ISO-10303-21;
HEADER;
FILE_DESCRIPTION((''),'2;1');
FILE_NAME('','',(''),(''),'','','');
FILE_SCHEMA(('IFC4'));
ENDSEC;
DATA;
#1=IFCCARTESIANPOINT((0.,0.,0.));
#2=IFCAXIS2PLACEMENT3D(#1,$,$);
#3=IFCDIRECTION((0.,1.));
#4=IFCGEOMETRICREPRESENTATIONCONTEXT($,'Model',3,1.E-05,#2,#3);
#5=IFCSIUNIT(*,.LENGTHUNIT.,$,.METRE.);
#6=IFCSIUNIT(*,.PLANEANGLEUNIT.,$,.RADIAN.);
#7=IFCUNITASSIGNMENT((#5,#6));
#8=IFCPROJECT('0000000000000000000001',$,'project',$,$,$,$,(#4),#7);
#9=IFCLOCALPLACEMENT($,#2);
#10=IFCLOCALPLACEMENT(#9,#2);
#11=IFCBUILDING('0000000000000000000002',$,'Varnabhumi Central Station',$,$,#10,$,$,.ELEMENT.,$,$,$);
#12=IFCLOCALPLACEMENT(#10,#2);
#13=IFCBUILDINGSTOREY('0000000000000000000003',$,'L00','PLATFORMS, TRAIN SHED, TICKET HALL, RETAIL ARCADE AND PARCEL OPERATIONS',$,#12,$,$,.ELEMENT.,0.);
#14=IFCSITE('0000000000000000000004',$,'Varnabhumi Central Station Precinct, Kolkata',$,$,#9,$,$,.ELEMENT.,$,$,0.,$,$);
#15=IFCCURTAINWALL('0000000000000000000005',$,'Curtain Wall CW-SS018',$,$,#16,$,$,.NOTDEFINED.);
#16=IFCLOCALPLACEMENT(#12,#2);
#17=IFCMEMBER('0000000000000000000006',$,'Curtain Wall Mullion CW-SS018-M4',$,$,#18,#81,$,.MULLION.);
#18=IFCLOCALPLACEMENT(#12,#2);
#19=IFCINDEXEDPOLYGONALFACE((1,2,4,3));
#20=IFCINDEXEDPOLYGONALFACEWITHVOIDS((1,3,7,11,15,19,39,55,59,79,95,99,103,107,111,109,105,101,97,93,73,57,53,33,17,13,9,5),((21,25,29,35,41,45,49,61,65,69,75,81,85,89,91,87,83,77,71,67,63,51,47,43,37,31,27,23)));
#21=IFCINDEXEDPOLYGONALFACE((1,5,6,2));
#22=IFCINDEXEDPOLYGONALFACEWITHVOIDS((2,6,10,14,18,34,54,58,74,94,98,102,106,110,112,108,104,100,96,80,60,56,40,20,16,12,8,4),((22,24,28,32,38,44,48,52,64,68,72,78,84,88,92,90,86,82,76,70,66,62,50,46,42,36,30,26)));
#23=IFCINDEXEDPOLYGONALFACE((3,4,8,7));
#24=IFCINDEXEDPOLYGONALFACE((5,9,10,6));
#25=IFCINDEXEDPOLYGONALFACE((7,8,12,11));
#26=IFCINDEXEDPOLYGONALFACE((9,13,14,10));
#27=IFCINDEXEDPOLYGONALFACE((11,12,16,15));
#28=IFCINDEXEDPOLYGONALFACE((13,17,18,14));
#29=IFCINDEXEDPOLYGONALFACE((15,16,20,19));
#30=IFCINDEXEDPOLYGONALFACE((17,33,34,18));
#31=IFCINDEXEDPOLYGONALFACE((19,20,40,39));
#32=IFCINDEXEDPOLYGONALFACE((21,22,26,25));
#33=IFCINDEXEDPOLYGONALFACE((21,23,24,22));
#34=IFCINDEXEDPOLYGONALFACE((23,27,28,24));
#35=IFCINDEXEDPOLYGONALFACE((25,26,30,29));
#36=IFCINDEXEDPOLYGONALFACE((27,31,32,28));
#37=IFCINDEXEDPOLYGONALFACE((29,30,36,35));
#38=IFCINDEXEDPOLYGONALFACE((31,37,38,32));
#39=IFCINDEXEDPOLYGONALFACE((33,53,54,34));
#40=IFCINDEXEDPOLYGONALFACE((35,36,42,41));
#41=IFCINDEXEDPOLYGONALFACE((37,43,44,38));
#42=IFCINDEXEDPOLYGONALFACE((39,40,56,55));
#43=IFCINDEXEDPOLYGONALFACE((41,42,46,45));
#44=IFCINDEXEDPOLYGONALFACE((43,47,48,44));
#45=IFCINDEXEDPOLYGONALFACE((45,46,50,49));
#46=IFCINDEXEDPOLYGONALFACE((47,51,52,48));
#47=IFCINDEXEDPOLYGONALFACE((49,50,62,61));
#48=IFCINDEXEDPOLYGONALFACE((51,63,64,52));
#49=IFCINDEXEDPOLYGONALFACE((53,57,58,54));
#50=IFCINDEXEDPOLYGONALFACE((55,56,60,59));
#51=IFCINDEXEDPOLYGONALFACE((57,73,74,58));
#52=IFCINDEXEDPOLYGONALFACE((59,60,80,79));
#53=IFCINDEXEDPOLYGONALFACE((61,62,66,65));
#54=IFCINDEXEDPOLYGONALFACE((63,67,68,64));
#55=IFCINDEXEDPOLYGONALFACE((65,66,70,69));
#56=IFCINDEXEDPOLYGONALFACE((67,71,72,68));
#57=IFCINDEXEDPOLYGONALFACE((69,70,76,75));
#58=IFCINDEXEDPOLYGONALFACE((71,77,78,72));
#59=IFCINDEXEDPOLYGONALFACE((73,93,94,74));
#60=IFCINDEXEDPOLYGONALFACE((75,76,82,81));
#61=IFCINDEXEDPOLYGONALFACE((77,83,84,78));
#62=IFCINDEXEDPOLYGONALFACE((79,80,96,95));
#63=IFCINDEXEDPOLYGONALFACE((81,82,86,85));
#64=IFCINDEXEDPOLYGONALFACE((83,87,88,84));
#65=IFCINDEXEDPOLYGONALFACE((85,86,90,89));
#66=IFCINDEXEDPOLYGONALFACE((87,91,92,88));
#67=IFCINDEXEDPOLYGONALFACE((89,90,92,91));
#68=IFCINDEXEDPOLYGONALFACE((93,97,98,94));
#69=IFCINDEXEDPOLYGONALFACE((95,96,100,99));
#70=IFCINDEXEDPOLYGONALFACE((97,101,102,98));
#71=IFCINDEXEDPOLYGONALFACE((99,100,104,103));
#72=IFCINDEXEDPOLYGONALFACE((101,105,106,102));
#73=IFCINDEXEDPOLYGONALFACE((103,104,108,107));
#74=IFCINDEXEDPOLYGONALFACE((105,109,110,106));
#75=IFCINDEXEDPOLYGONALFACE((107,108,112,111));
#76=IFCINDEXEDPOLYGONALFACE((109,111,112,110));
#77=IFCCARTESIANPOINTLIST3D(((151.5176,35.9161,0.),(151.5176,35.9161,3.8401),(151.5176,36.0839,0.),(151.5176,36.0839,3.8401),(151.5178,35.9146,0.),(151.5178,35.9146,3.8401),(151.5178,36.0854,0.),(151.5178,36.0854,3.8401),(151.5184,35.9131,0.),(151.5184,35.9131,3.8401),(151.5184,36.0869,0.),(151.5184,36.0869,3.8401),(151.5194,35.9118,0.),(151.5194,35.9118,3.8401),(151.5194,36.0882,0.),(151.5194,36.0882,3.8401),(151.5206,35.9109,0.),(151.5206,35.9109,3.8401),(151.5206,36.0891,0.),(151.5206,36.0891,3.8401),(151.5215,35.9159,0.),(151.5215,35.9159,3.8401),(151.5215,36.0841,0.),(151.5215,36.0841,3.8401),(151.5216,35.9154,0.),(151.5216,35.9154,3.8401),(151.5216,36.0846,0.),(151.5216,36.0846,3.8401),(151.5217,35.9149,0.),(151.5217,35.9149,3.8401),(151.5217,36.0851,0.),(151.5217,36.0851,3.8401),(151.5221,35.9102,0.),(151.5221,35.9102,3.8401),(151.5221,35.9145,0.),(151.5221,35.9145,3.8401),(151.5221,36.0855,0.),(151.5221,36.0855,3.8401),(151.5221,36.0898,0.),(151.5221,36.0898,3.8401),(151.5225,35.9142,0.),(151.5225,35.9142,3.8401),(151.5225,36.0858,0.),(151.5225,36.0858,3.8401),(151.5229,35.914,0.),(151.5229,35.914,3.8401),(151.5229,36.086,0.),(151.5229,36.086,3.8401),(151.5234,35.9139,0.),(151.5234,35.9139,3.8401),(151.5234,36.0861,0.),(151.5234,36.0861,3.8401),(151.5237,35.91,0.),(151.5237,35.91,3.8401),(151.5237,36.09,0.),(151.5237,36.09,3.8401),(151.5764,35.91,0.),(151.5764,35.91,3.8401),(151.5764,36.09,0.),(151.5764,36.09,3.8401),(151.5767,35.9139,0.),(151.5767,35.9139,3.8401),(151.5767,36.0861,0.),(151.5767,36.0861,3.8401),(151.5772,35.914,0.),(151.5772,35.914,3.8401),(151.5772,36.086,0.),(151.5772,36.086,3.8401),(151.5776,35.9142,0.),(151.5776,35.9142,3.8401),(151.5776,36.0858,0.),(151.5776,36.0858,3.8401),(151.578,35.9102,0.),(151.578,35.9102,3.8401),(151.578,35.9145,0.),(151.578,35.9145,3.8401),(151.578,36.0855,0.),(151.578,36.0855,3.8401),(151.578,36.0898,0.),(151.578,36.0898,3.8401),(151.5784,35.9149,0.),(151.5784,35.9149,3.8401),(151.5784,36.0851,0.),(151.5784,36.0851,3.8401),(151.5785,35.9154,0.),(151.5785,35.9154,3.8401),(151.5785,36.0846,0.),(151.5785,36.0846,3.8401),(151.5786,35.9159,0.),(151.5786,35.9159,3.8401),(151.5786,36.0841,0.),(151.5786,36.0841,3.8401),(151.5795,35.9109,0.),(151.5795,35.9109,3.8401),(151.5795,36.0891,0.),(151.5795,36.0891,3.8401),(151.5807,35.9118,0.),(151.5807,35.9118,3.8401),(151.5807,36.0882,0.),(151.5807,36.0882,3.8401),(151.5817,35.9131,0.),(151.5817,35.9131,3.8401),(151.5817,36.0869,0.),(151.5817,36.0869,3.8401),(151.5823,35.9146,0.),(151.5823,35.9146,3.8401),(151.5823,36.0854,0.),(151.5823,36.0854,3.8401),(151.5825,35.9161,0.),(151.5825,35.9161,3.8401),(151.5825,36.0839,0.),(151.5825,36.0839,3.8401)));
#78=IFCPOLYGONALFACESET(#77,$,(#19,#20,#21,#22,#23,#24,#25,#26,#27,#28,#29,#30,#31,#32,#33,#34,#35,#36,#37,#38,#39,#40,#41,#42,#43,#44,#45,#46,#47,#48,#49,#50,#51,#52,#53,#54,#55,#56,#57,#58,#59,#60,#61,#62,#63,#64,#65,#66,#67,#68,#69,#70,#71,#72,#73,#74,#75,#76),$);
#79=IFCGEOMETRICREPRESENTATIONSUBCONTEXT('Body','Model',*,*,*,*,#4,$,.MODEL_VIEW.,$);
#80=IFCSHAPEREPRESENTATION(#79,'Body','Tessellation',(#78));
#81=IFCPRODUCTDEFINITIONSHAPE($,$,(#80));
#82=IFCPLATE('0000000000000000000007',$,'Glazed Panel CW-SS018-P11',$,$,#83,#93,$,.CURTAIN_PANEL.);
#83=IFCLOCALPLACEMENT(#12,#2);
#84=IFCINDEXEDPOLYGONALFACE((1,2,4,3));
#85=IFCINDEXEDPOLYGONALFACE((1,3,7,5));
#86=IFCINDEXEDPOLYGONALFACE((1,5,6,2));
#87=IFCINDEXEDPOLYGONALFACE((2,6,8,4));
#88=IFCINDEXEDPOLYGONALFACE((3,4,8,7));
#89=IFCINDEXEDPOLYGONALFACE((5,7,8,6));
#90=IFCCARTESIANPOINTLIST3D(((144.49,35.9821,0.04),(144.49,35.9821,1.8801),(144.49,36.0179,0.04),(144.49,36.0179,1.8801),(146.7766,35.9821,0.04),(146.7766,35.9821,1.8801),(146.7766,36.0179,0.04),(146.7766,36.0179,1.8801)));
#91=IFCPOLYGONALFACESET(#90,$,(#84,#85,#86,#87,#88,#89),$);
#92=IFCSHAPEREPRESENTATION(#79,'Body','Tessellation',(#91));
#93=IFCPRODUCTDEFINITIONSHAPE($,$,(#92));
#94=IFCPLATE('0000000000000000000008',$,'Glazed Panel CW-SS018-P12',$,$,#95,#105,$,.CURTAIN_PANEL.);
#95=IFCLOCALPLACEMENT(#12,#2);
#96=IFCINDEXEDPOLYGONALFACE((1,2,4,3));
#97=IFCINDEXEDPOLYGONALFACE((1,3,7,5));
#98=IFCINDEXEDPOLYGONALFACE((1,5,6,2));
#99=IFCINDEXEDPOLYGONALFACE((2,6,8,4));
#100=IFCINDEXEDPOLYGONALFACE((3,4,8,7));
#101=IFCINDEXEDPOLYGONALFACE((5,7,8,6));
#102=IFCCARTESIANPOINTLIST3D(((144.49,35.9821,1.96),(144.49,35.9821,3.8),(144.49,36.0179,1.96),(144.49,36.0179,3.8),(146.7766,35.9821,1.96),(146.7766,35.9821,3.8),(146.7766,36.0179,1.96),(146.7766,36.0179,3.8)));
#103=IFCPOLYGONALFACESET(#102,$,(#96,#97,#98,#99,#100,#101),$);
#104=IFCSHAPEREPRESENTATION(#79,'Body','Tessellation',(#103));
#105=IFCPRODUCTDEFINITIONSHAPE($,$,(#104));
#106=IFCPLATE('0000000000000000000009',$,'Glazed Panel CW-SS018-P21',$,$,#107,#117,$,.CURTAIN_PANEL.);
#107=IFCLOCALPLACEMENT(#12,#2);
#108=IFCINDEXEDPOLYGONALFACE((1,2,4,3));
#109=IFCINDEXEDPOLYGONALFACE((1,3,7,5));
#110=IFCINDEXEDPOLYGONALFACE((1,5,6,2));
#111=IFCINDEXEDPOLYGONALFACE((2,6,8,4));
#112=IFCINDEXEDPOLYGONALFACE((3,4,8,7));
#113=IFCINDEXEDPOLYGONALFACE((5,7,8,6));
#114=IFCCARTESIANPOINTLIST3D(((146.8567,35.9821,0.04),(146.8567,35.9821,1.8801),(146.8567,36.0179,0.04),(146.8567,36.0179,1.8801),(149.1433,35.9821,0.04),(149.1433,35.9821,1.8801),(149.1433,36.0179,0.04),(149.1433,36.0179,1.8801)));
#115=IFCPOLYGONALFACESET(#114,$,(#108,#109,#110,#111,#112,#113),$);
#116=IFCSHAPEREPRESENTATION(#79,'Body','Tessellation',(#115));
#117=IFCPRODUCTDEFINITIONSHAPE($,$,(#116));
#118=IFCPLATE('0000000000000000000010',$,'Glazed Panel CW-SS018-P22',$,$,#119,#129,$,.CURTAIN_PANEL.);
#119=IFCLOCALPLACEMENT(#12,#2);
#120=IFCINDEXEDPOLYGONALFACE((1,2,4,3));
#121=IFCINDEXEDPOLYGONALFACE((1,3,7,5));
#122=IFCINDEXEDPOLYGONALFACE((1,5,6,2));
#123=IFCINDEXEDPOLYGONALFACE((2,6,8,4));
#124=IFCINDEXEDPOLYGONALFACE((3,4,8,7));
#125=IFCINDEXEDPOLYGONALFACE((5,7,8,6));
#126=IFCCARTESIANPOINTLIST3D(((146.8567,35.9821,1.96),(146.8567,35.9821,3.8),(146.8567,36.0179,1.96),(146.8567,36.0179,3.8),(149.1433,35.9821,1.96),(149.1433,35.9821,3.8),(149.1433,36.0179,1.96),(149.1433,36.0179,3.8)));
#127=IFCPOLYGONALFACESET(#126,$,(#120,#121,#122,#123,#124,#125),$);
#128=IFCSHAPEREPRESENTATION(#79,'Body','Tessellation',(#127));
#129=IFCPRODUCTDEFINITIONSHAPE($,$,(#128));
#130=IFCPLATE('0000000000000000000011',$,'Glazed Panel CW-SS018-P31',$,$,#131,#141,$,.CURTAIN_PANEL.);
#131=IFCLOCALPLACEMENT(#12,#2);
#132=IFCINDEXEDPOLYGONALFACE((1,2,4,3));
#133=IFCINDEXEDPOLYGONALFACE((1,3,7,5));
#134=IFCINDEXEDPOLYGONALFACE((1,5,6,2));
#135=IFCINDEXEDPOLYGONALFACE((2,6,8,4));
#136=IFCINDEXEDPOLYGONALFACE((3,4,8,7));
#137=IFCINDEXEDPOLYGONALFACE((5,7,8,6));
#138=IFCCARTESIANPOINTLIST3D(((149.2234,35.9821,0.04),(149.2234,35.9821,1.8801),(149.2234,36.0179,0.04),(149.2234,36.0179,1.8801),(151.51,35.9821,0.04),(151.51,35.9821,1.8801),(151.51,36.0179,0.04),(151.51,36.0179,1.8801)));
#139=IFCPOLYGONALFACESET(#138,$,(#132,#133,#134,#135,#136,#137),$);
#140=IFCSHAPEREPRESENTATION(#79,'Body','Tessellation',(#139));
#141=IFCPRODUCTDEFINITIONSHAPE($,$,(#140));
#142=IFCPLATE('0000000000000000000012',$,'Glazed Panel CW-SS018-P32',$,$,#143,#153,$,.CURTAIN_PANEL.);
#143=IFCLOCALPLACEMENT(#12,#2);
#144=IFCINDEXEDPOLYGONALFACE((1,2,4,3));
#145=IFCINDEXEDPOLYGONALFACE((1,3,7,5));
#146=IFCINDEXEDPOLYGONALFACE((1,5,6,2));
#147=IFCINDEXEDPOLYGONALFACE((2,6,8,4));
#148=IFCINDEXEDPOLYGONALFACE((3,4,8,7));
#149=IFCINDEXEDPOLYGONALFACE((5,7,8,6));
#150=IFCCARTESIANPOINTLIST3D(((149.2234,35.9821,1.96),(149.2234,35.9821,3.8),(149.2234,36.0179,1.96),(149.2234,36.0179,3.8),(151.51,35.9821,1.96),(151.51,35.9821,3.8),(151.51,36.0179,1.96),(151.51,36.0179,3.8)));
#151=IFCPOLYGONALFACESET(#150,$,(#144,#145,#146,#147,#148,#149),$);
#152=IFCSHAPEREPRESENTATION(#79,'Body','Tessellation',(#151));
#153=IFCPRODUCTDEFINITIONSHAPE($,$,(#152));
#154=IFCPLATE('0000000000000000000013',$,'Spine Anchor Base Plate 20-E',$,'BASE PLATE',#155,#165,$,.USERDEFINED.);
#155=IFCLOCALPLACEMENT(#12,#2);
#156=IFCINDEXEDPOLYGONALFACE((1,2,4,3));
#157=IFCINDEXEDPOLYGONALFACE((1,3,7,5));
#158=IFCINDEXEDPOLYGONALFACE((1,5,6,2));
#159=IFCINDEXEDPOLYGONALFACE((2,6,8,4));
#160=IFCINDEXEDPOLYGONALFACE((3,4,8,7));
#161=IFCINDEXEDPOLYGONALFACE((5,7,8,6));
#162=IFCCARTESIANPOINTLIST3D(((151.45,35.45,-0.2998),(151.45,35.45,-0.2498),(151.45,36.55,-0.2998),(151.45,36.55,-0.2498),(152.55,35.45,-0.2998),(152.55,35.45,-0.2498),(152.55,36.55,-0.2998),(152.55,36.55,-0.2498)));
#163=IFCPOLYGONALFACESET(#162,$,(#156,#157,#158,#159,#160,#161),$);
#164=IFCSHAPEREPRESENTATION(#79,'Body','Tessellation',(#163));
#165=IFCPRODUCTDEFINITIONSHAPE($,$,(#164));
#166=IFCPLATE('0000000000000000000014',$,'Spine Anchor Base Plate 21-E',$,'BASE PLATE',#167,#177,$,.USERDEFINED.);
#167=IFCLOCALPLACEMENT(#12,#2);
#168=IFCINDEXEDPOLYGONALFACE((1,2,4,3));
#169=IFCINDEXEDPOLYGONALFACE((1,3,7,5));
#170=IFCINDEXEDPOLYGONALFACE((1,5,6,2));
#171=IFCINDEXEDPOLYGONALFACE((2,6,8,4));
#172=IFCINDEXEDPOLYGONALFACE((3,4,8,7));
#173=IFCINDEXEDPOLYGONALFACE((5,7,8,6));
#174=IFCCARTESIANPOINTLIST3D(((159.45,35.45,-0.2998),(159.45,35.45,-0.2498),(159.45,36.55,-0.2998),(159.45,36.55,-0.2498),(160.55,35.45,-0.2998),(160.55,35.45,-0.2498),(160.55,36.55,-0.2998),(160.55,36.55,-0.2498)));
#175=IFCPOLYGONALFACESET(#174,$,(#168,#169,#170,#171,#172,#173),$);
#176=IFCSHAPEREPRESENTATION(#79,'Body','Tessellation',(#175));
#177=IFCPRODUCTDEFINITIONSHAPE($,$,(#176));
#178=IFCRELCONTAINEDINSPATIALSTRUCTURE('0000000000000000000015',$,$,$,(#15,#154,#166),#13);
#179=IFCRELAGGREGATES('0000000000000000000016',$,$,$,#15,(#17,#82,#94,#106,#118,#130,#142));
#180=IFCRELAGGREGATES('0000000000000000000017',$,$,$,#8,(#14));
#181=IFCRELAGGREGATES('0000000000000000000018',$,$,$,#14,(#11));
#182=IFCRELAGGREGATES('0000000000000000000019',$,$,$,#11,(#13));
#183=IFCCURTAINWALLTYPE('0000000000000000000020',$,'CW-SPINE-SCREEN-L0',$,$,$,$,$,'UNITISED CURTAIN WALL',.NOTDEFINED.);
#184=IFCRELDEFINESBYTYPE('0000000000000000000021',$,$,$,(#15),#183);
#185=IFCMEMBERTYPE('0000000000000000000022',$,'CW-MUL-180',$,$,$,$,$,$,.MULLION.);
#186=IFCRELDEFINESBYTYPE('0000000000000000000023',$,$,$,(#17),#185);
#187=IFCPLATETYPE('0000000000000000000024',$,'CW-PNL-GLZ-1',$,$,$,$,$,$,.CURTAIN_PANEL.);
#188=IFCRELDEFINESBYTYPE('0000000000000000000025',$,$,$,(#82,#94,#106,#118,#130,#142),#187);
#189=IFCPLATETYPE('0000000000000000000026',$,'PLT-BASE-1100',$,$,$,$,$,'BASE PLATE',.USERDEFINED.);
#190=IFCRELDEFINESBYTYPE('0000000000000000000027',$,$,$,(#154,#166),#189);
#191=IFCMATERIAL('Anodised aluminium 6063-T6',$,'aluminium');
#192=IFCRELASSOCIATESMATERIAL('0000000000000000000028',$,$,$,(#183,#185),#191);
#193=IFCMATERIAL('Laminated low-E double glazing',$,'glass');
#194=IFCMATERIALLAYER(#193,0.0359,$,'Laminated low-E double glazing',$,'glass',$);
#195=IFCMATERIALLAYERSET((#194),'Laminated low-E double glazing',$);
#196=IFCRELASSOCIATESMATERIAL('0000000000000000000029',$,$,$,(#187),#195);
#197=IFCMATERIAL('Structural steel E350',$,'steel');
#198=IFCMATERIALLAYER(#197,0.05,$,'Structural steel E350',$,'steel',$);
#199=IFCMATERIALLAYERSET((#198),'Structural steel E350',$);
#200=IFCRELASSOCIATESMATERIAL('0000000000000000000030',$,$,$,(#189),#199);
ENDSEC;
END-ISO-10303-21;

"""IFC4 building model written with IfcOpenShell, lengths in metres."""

from ifc_helpers import new_model, si_unit, direction, frame, origin, origin_2d, place, context, subcontext, project, spatial, rectangle, hollow_rectangle, extrude, material, layer, layer_set, material_profile, profile_set, type_object, element, aggregate, save


model = new_model("IFC4")

# Units and contexts
model_context = context("Model", 3, precision=1e-05, world=origin(), true_north=direction((0.0, 1.0)))
body_context = subcontext(model_context, "Body", "Model", "MODEL_VIEW")
ifc_project = project(units=[si_unit("LENGTHUNIT", "METRE"), si_unit("PLANEANGLEUNIT", "RADIAN")], contexts=[model_context])

# Site, building, storey
site_placement = place(None, origin())
site = spatial("IfcSite", under=ifc_project, at=site_placement, Name="Varnabhumi Central Station Precinct, Kolkata", CompositionType="ELEMENT", RefElevation=0.0)
building_placement = place(site_placement, origin())
building = spatial("IfcBuilding", under=site, at=building_placement, Name="Varnabhumi Central Station", CompositionType="ELEMENT")
storey_placement = place(building_placement, origin())
storey = spatial("IfcBuildingStorey", under=building, at=storey_placement, Name="L00", Description="PLATFORMS, TRAIN SHED, TICKET HALL, RETAIL ARCADE AND PARCEL OPERATIONS", CompositionType="ELEMENT", Elevation=0.0)

# Curtain wall, member, plates
ifc_material_1 = material(Name="Anodised aluminium 6063-T6", Category="aluminium")
curtain_wall_type = type_object("IfcCurtainWallType", Name="CW-SPINE-SCREEN-L0", ElementType="UNITISED CURTAIN WALL", PredefinedType="NOTDEFINED", material=ifc_material_1)
curtain_wall_placement = place(storey_placement, origin())
curtain_wall = element("IfcCurtainWall", 1, at=curtain_wall_placement, inside=storey, type_object=curtain_wall_type, Name="Curtain Wall CW-SS018", PredefinedType="NOTDEFINED")
ifc_material_profile_1 = material_profile(ifc_material_1, hollow_rectangle(XDim=0.0649, YDim=0.1799, WallThickness=0.0039, InnerFilletRadius=0.002, OuterFilletRadius=0.0061, at=origin_2d()), Name="Anodised aluminium 6063-T6", Category="aluminium")
ifc_profile_set_1 = profile_set([ifc_material_profile_1], Name="Anodised aluminium 6063-T6")
member_type = type_object("IfcMemberType", Name="CW-MUL-180", PredefinedType="MULLION", material=ifc_profile_set_1)
member_1_placement = place(storey_placement, frame((151.55, 36.0, 0.0), z_axis=(0.0, 0.0, 1.0), x_axis=(1.0, 0.0, 0.0)))
member_1 = element("IfcMember", 2, at=member_1_placement, type_object=member_type, Name="Curtain Wall Mullion CW-SS018-M4", PredefinedType="MULLION", context=body_context, shape_type="SweptSolid", body=[
    extrude(hollow_rectangle(XDim=0.0649, YDim=0.1799, WallThickness=0.0039, InnerFilletRadius=0.002, OuterFilletRadius=0.0061, at=origin_2d()), origin(), (0.0, 0.0, 1.0), 3.8401),
])
ifc_material_2 = material(Name="Laminated low-E double glazing", Category="glass")
ifc_layer_1 = layer(ifc_material_2, 0.0359, Name="Laminated low-E double glazing", Category="glass")
ifc_layer_set_1 = layer_set([ifc_layer_1], Name="Laminated low-E double glazing")
plate_type_1 = type_object("IfcPlateType", Name="CW-PNL-GLZ-1", PredefinedType="CURTAIN_PANEL", material=ifc_layer_set_1)
plate_1_placement = place(storey_placement, frame((145.6333, 36.0, 0.04), z_axis=(0.0, 0.0, 1.0), x_axis=(1.0, 0.0, 0.0)))
plate_1 = element("IfcPlate", 3, at=plate_1_placement, type_object=plate_type_1, Name="Glazed Panel CW-SS018-P11", PredefinedType="CURTAIN_PANEL", context=body_context, shape_type="SweptSolid", body=[
    extrude(rectangle(XDim=2.2866, YDim=0.0359, at=origin_2d()), origin(), (0.0, 0.0, 1.0), 1.8401),
])
plate_2_placement = place(storey_placement, frame((145.6333, 36.0, 1.96), z_axis=(0.0, 0.0, 1.0), x_axis=(1.0, 0.0, 0.0)))
plate_2 = element("IfcPlate", 4, at=plate_2_placement, type_object=plate_type_1, Name="Glazed Panel CW-SS018-P12", PredefinedType="CURTAIN_PANEL", context=body_context, shape_type="SweptSolid", body=[
    extrude(rectangle(XDim=2.2866, YDim=0.0359, at=origin_2d()), origin(), (0.0, 0.0, 1.0), 1.8401),
])
plate_3_placement = place(storey_placement, frame((148.0, 36.0, 0.04), z_axis=(0.0, 0.0, 1.0), x_axis=(1.0, 0.0, 0.0)))
plate_3 = element("IfcPlate", 5, at=plate_3_placement, type_object=plate_type_1, Name="Glazed Panel CW-SS018-P21", PredefinedType="CURTAIN_PANEL", context=body_context, shape_type="SweptSolid", body=[
    extrude(rectangle(XDim=2.2866, YDim=0.0359, at=origin_2d()), origin(), (0.0, 0.0, 1.0), 1.8401),
])
plate_4_placement = place(storey_placement, frame((148.0, 36.0, 1.96), z_axis=(0.0, 0.0, 1.0), x_axis=(1.0, 0.0, 0.0)))
plate_4 = element("IfcPlate", 6, at=plate_4_placement, type_object=plate_type_1, Name="Glazed Panel CW-SS018-P22", PredefinedType="CURTAIN_PANEL", context=body_context, shape_type="SweptSolid", body=[
    extrude(rectangle(XDim=2.2866, YDim=0.0359, at=origin_2d()), origin(), (0.0, 0.0, 1.0), 1.8401),
])
plate_5_placement = place(storey_placement, frame((150.3667, 36.0, 0.04), z_axis=(0.0, 0.0, 1.0), x_axis=(1.0, 0.0, 0.0)))
plate_5 = element("IfcPlate", 7, at=plate_5_placement, type_object=plate_type_1, Name="Glazed Panel CW-SS018-P31", PredefinedType="CURTAIN_PANEL", context=body_context, shape_type="SweptSolid", body=[
    extrude(rectangle(XDim=2.2866, YDim=0.0359, at=origin_2d()), origin(), (0.0, 0.0, 1.0), 1.8401),
])
plate_6_placement = place(storey_placement, frame((150.3667, 36.0, 1.96), z_axis=(0.0, 0.0, 1.0), x_axis=(1.0, 0.0, 0.0)))
plate_6 = element("IfcPlate", 8, at=plate_6_placement, type_object=plate_type_1, Name="Glazed Panel CW-SS018-P32", PredefinedType="CURTAIN_PANEL", context=body_context, shape_type="SweptSolid", body=[
    extrude(rectangle(XDim=2.2866, YDim=0.0359, at=origin_2d()), origin(), (0.0, 0.0, 1.0), 1.8401),
])
aggregate(curtain_wall, [member_1, plate_1, plate_2, plate_3, plate_4, plate_5, plate_6])

# Plates
ifc_material_3 = material(Name="Structural steel E350", Category="steel")
ifc_layer_2 = layer(ifc_material_3, 0.05, Name="Structural steel E350", Category="steel")
ifc_layer_set_2 = layer_set([ifc_layer_2], Name="Structural steel E350")
plate_type_2 = type_object("IfcPlateType", Name="PLT-BASE-1100", ElementType="BASE PLATE", PredefinedType="USERDEFINED", material=ifc_layer_set_2)
for number, where, z_axis, x_axis, name in (
    (9, (152.0, 36.0, -0.2998), (0.0, 0.0, 1.0), (1.0, 0.0, 0.0), "Spine Anchor Base Plate 20-E"),
    (10, (160.0, 36.0, -0.2998), (0.0, 0.0, 1.0), (1.0, 0.0, 0.0), "Spine Anchor Base Plate 21-E"),
):
    element("IfcPlate", number, at=place(storey_placement, frame(where, z_axis=z_axis, x_axis=x_axis)), inside=storey, type_object=plate_type_2, Name=name, ObjectType="BASE PLATE", PredefinedType="USERDEFINED", context=body_context, shape_type="SweptSolid", body=[
        extrude(rectangle(XDim=1.1001, YDim=1.1001, at=origin_2d()), origin(), (0.0, 0.0, 1.0), 0.05),
    ])

save(model, "model.ifc")
